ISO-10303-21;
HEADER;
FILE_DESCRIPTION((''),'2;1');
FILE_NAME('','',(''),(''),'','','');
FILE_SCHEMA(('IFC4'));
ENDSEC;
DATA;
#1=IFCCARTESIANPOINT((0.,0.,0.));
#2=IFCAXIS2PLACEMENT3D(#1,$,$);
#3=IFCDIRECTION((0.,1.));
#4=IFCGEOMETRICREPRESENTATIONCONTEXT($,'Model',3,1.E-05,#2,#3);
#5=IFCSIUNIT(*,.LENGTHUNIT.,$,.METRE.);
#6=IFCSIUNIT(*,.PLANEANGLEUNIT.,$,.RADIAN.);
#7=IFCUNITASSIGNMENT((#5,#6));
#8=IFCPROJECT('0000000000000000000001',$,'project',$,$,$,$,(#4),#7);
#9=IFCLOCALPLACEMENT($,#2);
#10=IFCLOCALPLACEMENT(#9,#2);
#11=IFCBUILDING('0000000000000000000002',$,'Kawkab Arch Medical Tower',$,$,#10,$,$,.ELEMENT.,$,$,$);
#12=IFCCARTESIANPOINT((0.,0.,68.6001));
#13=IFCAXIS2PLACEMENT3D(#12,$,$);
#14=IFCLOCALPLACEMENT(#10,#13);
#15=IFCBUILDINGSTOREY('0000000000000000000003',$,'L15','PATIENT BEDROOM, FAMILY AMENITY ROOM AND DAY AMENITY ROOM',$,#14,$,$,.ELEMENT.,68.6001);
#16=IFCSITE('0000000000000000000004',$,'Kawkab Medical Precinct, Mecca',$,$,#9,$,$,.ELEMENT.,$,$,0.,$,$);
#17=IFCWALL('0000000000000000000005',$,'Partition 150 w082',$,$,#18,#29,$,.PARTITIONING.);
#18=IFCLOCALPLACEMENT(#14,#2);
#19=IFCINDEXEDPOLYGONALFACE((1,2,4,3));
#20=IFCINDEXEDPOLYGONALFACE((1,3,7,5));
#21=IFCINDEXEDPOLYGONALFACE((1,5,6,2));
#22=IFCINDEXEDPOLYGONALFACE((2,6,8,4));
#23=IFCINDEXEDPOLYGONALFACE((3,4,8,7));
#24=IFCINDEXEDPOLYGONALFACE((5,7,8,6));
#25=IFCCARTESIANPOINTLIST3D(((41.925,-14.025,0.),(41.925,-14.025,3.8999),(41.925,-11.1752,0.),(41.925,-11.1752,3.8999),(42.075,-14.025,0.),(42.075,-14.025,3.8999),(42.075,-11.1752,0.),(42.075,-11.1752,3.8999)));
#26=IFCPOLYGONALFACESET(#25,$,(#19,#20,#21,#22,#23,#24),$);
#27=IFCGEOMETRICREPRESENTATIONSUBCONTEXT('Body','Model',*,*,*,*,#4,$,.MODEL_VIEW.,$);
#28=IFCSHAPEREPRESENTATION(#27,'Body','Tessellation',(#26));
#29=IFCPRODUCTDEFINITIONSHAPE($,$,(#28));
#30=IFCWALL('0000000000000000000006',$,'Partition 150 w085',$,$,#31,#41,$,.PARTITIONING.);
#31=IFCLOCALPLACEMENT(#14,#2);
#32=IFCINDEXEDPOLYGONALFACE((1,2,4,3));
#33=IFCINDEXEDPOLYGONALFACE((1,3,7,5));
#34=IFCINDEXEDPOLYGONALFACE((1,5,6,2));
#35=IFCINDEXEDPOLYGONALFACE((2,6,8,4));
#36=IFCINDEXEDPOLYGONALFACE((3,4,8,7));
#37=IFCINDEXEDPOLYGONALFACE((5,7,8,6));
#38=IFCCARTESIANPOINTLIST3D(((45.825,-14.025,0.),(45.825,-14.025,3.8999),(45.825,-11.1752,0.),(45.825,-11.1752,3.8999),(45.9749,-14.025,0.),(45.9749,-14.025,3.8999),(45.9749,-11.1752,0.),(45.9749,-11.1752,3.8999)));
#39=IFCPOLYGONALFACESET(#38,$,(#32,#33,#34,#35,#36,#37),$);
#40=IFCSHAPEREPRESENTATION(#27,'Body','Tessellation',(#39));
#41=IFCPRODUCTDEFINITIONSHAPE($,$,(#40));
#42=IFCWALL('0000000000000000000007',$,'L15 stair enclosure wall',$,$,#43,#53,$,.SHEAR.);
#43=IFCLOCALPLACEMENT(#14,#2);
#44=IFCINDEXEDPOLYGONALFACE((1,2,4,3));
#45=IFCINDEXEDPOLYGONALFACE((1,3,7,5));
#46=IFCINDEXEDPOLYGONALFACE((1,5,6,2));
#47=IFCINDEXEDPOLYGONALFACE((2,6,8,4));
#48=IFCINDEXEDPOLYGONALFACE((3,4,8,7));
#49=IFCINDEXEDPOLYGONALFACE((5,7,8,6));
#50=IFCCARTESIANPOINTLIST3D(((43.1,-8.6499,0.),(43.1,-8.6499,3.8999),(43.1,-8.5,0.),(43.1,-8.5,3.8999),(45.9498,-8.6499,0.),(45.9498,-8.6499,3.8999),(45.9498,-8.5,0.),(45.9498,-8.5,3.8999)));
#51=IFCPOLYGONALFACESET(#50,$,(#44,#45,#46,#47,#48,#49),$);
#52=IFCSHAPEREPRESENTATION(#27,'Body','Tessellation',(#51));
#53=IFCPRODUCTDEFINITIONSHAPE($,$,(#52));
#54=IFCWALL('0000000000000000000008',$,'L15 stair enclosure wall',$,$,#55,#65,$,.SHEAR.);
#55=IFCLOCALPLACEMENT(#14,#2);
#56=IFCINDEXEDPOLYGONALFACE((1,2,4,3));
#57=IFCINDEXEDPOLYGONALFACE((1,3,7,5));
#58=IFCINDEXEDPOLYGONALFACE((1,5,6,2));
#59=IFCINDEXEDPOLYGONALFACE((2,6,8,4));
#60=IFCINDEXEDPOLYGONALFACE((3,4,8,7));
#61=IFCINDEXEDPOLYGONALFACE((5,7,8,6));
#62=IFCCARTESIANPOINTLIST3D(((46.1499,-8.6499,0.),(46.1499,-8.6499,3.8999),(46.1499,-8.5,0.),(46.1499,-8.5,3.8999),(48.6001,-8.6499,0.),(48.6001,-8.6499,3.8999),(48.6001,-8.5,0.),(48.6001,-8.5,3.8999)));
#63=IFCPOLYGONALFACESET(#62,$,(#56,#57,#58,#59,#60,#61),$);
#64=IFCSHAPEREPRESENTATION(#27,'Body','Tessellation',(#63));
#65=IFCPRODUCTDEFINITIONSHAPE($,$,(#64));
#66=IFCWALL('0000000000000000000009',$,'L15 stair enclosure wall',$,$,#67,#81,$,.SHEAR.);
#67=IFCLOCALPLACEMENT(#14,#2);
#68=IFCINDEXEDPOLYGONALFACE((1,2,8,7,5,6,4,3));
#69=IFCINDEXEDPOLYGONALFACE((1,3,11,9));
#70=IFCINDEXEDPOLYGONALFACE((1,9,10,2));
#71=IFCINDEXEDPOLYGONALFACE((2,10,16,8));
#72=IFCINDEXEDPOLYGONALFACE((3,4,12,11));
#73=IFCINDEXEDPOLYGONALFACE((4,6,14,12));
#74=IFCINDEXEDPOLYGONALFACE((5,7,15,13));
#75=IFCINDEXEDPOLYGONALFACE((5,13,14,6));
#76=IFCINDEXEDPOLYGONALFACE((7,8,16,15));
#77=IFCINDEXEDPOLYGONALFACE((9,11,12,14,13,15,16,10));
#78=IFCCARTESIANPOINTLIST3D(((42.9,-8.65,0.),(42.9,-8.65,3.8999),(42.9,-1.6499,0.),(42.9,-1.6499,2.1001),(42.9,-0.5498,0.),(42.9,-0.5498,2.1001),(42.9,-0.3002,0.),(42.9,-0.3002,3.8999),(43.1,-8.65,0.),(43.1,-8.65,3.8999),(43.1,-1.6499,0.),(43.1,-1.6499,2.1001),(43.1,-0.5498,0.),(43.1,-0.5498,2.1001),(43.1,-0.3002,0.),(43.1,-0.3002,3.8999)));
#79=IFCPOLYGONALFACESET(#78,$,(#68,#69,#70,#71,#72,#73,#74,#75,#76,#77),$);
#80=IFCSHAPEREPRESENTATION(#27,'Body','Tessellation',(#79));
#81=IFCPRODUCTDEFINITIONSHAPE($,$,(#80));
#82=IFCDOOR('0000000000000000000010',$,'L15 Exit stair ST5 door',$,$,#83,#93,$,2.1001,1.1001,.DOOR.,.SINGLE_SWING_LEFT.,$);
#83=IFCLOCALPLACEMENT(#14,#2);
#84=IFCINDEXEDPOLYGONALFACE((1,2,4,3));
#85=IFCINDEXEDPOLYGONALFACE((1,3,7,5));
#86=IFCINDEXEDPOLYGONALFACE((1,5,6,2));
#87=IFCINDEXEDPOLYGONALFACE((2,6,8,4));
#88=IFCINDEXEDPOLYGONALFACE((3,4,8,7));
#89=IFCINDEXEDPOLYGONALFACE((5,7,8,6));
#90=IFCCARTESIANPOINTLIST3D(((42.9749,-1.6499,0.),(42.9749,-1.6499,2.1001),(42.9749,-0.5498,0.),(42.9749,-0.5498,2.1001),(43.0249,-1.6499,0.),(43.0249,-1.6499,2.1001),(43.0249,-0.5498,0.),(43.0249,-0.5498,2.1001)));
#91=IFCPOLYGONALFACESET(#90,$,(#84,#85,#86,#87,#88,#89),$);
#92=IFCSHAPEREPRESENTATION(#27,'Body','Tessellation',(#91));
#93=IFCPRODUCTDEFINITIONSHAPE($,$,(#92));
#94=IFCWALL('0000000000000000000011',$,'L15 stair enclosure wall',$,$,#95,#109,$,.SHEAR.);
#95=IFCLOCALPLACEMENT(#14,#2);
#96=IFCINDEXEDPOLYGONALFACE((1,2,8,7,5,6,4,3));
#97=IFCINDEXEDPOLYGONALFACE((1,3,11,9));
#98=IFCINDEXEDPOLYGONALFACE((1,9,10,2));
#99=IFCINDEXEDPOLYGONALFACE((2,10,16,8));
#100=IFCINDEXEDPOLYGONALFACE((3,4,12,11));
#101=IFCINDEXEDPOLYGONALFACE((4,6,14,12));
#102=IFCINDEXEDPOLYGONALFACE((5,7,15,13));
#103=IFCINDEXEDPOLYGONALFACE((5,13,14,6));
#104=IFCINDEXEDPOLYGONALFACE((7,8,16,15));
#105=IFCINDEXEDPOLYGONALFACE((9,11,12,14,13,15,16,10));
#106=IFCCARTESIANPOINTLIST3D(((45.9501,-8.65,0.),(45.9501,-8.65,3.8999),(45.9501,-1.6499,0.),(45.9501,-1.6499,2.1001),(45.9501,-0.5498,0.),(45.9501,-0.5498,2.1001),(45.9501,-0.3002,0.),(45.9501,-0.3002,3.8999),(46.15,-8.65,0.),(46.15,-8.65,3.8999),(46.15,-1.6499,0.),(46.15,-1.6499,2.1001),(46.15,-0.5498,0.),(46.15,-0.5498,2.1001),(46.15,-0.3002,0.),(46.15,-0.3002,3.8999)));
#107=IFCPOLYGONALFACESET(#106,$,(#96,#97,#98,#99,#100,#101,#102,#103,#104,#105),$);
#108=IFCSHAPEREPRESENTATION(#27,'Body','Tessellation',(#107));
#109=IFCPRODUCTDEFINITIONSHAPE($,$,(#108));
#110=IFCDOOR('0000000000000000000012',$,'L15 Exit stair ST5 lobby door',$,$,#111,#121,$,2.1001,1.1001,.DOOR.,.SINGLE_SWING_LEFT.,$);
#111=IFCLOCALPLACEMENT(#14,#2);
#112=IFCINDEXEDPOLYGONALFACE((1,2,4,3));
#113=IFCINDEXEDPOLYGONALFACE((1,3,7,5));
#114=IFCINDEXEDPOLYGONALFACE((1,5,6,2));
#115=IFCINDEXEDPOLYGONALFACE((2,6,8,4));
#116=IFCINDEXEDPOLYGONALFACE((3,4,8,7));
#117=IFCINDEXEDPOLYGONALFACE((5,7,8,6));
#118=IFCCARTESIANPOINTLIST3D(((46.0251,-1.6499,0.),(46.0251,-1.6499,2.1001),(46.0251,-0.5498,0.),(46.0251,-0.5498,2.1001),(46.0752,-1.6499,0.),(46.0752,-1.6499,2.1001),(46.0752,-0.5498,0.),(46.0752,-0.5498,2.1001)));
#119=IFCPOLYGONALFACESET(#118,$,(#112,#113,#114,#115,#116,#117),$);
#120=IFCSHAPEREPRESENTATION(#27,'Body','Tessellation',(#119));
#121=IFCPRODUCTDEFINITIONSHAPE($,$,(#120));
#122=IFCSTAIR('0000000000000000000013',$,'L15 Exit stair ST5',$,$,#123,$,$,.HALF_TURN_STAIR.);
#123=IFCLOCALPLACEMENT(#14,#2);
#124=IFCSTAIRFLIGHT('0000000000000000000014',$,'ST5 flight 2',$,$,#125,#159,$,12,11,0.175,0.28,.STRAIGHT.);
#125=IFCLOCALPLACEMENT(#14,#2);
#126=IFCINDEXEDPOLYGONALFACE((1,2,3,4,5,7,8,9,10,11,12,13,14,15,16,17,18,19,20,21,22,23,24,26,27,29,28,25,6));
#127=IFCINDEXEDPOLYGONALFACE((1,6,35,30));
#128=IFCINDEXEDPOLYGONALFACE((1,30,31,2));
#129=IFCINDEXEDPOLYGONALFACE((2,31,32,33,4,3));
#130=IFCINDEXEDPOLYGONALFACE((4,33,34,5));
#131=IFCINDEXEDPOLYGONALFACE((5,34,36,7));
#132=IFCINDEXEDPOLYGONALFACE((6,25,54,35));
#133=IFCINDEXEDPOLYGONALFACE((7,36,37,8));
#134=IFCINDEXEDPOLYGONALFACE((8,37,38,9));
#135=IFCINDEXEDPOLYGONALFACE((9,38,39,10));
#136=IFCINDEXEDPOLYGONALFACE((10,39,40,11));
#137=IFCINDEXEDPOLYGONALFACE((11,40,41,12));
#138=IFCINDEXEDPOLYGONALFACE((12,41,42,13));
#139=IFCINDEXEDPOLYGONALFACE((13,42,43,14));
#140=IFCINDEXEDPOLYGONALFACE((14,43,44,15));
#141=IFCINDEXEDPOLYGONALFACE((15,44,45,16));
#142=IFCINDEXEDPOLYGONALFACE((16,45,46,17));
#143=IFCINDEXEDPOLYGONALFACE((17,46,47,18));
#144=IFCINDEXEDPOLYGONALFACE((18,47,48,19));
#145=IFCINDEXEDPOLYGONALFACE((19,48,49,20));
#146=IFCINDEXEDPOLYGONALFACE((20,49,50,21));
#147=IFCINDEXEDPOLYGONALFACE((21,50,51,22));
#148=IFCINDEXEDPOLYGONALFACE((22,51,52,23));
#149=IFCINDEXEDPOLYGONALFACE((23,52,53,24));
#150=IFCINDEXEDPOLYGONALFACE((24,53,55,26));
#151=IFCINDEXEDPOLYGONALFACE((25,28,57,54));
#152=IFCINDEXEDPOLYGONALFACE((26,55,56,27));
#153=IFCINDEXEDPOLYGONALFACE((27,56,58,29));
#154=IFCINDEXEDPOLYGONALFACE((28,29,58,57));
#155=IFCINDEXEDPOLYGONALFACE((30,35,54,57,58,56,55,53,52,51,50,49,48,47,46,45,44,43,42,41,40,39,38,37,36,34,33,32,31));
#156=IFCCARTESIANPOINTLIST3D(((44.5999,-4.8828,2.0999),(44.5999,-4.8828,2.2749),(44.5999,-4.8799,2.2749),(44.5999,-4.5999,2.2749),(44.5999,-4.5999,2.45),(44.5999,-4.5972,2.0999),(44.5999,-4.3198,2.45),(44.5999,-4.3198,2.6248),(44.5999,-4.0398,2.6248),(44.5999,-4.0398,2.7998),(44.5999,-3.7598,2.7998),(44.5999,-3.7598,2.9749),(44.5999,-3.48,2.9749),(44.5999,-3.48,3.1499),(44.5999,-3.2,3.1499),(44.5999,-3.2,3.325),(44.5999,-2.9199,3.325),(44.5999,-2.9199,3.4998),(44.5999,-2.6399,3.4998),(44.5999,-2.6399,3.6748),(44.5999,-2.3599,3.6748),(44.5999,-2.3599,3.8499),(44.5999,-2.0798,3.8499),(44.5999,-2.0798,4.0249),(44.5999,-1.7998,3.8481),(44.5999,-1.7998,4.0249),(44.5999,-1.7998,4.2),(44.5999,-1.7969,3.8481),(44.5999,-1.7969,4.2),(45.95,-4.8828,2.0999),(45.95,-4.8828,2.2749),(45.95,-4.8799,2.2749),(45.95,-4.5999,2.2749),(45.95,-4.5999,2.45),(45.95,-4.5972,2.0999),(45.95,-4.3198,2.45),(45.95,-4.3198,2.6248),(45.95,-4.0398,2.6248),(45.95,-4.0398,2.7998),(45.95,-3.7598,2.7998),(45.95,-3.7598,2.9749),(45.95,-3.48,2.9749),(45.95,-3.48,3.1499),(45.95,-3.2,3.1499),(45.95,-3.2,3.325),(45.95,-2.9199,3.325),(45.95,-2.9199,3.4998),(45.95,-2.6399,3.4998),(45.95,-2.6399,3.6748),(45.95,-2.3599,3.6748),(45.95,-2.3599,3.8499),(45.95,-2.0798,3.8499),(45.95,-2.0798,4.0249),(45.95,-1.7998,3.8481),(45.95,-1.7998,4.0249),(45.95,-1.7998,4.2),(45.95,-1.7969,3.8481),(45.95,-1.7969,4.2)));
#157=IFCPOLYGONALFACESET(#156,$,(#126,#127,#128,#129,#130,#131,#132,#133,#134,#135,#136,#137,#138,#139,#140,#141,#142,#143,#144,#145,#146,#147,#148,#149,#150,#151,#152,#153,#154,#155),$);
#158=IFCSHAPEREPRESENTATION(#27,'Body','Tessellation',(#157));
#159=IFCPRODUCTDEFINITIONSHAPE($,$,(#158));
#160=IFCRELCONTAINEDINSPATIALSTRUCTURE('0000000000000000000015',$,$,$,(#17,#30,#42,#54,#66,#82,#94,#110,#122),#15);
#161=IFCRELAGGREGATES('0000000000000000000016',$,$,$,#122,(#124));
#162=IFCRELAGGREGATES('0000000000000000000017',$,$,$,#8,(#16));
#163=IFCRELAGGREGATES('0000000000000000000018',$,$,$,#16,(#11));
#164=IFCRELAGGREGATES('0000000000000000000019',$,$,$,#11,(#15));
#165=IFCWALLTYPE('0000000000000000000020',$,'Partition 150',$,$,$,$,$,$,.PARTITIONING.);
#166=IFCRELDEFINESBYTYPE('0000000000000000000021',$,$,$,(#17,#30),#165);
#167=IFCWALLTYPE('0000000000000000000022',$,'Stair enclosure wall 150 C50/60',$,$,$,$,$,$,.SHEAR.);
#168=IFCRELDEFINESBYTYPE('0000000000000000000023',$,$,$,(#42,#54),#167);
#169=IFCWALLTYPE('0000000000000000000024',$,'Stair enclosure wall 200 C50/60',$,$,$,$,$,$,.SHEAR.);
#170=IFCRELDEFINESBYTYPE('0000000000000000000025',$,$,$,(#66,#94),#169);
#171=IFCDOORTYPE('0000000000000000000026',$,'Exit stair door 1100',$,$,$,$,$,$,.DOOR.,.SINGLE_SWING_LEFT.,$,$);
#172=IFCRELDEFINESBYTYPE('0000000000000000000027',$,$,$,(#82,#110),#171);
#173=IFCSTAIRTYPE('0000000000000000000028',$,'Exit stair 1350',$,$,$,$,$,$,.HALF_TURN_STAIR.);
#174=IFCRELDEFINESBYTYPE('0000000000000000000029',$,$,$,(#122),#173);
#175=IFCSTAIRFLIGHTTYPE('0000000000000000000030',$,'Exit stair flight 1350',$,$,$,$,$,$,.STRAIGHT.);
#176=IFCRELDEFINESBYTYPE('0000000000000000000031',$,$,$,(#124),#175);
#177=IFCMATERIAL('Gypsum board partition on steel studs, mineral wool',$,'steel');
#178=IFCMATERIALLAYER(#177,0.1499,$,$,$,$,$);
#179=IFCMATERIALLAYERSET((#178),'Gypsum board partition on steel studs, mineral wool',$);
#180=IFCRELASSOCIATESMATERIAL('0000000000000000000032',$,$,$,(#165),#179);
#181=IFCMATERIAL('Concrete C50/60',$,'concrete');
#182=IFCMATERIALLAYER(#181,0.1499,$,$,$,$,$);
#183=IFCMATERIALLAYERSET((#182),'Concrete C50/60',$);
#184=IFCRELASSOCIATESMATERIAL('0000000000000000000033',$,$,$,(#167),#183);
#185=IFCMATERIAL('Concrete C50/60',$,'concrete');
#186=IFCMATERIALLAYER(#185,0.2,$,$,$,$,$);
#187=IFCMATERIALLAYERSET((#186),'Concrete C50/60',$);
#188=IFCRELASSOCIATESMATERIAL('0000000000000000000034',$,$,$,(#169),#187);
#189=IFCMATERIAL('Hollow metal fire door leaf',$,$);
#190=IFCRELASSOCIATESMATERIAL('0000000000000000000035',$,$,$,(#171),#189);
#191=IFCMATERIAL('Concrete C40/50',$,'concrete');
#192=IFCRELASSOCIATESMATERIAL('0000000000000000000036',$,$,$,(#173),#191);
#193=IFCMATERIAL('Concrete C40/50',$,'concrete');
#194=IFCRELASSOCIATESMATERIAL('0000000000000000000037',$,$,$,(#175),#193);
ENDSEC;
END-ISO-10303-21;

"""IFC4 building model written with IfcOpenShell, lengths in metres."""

from ifc_helpers import new_model, si_unit, direction, frame, frame_2d, origin, place, context, subcontext, project, spatial, polyline, rectangle, outline, extrude, material, layer, layer_set, type_object, element, fill, aggregate, save


model = new_model("IFC4")

# Units and contexts
model_context = context("Model", 3, precision=1e-05, world=origin(), true_north=direction((0.0, 1.0)))
body_context = subcontext(model_context, "Body", "Model", "MODEL_VIEW")
ifc_project = project(units=[si_unit("LENGTHUNIT", "METRE"), si_unit("PLANEANGLEUNIT", "RADIAN")], contexts=[model_context])

# Site, building, storey
site_placement = place(None, origin())
site = spatial("IfcSite", under=ifc_project, at=site_placement, Name="Kawkab Medical Precinct, Mecca", CompositionType="ELEMENT", RefElevation=0.0)
building_placement = place(site_placement, origin())
building = spatial("IfcBuilding", under=site, at=building_placement, Name="Kawkab Arch Medical Tower", CompositionType="ELEMENT")
storey_placement = place(building_placement, frame((0.0, 0.0, 68.6001)))
storey = spatial("IfcBuildingStorey", under=building, at=storey_placement, Name="L15", Description="PATIENT BEDROOM, FAMILY AMENITY ROOM AND DAY AMENITY ROOM", CompositionType="ELEMENT", Elevation=68.6001)

# Shared definitions
ifc_material_1 = material(Name="Gypsum board partition on steel studs, mineral wool", Category="steel")
ifc_layer_1 = layer(ifc_material_1, 0.1499)
ifc_layer_set_1 = layer_set([ifc_layer_1], Name="Gypsum board partition on steel studs, mineral wool")
wall_type_1 = type_object("IfcWallType", Name="Partition 150", PredefinedType="PARTITIONING", material=ifc_layer_set_1)

# Walls
for number, where, z_axis, x_axis, name in (
    (1, (42.0, -14.0249, 0.0), (0.0, 0.0, 1.0), (0.0, 1.0, 0.0), "Partition 150 w082"),
    (2, (45.8999, -14.0249, 0.0), (0.0, 0.0, 1.0), (0.0, 1.0, 0.0), "Partition 150 w085"),
):
    element("IfcWall", number, at=place(storey_placement, frame(where, z_axis=z_axis, x_axis=x_axis)), inside=storey, type_object=wall_type_1, Name=name, PredefinedType="PARTITIONING", context=body_context, shape_type="SweptSolid", body=[
        extrude(rectangle(XDim=2.8499, YDim=0.1499, at=frame_2d((1.4248, 0.0))), origin(), (0.0, 0.0, 1.0), 3.8999),
    ])
ifc_material_2 = material(Name="Concrete C50/60", Category="concrete")
ifc_layer_2 = layer(ifc_material_2, 0.1499)
ifc_layer_set_2 = layer_set([ifc_layer_2], Name="Concrete C50/60")
wall_type_2 = type_object("IfcWallType", Name="Stair enclosure wall 150 C50/60", PredefinedType="SHEAR", material=ifc_layer_set_2)
wall_1_placement = place(storey_placement, frame((43.1001, -8.575, 0.0), z_axis=(0.0, 0.0, 1.0), x_axis=(1.0, 0.0, 0.0)))
element("IfcWall", 3, at=wall_1_placement, inside=storey, type_object=wall_type_2, Name="L15 stair enclosure wall", PredefinedType="SHEAR", context=body_context, shape_type="SweptSolid", body=[
    extrude(rectangle(XDim=2.8499, YDim=0.1499, at=frame_2d((1.4248, 0.0))), origin(), (0.0, 0.0, 1.0), 3.8999),
])
wall_2_placement = place(storey_placement, frame((46.1499, -8.575, 0.0), z_axis=(0.0, 0.0, 1.0), x_axis=(1.0, 0.0, 0.0)))
element("IfcWall", 4, at=wall_2_placement, inside=storey, type_object=wall_type_2, Name="L15 stair enclosure wall", PredefinedType="SHEAR", context=body_context, shape_type="SweptSolid", body=[
    extrude(rectangle(XDim=2.4502, YDim=0.1499, at=frame_2d((1.2251, 0.0))), origin(), (0.0, 0.0, 1.0), 3.8999),
])

# Walls, openings, doors
ifc_material_3 = material(Name="Concrete C50/60", Category="concrete")
ifc_layer_3 = layer(ifc_material_3, 0.2)
ifc_layer_set_3 = layer_set([ifc_layer_3], Name="Concrete C50/60")
wall_type_3 = type_object("IfcWallType", Name="Stair enclosure wall 200 C50/60", PredefinedType="SHEAR", material=ifc_layer_set_3)
wall_3_placement = place(storey_placement, frame((43.0, -8.6499, 0.0), z_axis=(0.0, 0.0, 1.0), x_axis=(0.0, 1.0, 0.0)))
wall_3 = element("IfcWall", 5, at=wall_3_placement, inside=storey, type_object=wall_type_3, Name="L15 stair enclosure wall", PredefinedType="SHEAR", context=body_context, shape_type="SweptSolid", body=[
    extrude(rectangle(XDim=8.3499, YDim=0.2, at=frame_2d((4.1748, 0.0))), origin(), (0.0, 0.0, 1.0), 3.8999),
])
opening_1_placement = place(wall_3_placement, frame((7.0, 0.0, 0.0)))
opening_1 = element("IfcOpeningElement", 6, at=opening_1_placement, cuts=wall_3, PredefinedType="OPENING", context=body_context, shape_type="SweptSolid", body=[
    extrude(rectangle(XDim=1.1001, YDim=2.1001, at=frame_2d((0.55, 1.05))), frame((0.0, 0.1099, 0.0), z_axis=(0.0, -1.0, 0.0), x_axis=(1.0, 0.0, 0.0)), (0.0, 0.0, 1.0), 0.22),
])
ifc_material_4 = material(Name="Hollow metal fire door leaf")
door_type_1 = type_object("IfcDoorType", Name="Exit stair door 1100", OperationType="SINGLE_SWING_LEFT", PredefinedType="DOOR", material=ifc_material_4)
door_1_placement = place(opening_1_placement, frame((1.1001, 0.0, 0.0), z_axis=(0.0, 0.0, 1.0), x_axis=(-1.0, 0.0, 0.0)))
door_1 = element("IfcDoor", 7, at=door_1_placement, inside=storey, type_object=door_type_1, Name="L15 Exit stair ST5 door", OperationType="SINGLE_SWING_LEFT", OverallHeight=2.1001, OverallWidth=1.1001, PredefinedType="DOOR", context=body_context, shape_type="SweptSolid", body=[
    extrude(rectangle(XDim=1.1001, YDim=2.1001, at=frame_2d((0.55, 1.05))), frame((0.0, 0.0249, 0.0), z_axis=(0.0, -1.0, 0.0), x_axis=(1.0, 0.0, 0.0)), (0.0, 0.0, 1.0), 0.05),
])
fill(opening_1, door_1)
wall_4_placement = place(storey_placement, frame((46.05, -8.6499, 0.0), z_axis=(0.0, 0.0, 1.0), x_axis=(0.0, 1.0, 0.0)))
wall_4 = element("IfcWall", 8, at=wall_4_placement, inside=storey, type_object=wall_type_3, Name="L15 stair enclosure wall", PredefinedType="SHEAR", context=body_context, shape_type="SweptSolid", body=[
    extrude(rectangle(XDim=8.3499, YDim=0.2, at=frame_2d((4.1748, 0.0))), origin(), (0.0, 0.0, 1.0), 3.8999),
])
opening_2_placement = place(wall_4_placement, frame((7.0, 0.0, 0.0)))
opening_2 = element("IfcOpeningElement", 9, at=opening_2_placement, cuts=wall_4, PredefinedType="OPENING", context=body_context, shape_type="SweptSolid", body=[
    extrude(rectangle(XDim=1.1001, YDim=2.1001, at=frame_2d((0.55, 1.05))), frame((0.0, 0.1099, 0.0), z_axis=(0.0, -1.0, 0.0), x_axis=(1.0, 0.0, 0.0)), (0.0, 0.0, 1.0), 0.22),
])
door_2_placement = place(opening_2_placement, origin())
door_2 = element("IfcDoor", 10, at=door_2_placement, inside=storey, type_object=door_type_1, Name="L15 Exit stair ST5 lobby door", OperationType="SINGLE_SWING_LEFT", OverallHeight=2.1001, OverallWidth=1.1001, PredefinedType="DOOR", context=body_context, shape_type="SweptSolid", body=[
    extrude(rectangle(XDim=1.1001, YDim=2.1001, at=frame_2d((0.55, 1.05))), frame((0.0, 0.0249, 0.0), z_axis=(0.0, -1.0, 0.0), x_axis=(1.0, 0.0, 0.0)), (0.0, 0.0, 1.0), 0.05),
])
fill(opening_2, door_2)

# Stair, stair flight
ifc_material_5 = material(Name="Concrete C40/50", Category="concrete")
stair_type = type_object("IfcStairType", Name="Exit stair 1350", PredefinedType="HALF_TURN_STAIR", material=ifc_material_5)
stair_placement = place(storey_placement, origin())
stair = element("IfcStair", 11, at=stair_placement, inside=storey, type_object=stair_type, Name="L15 Exit stair ST5", PredefinedType="HALF_TURN_STAIR")
ifc_material_6 = material(Name="Concrete C40/50", Category="concrete")
stair_flight_type = type_object("IfcStairFlightType", Name="Exit stair flight 1350", PredefinedType="STRAIGHT", material=ifc_material_6)
stair_flight_placement = place(storey_placement, frame((45.2749, -4.8799, 2.0999), z_axis=(0.0, 0.0, 1.0), x_axis=(0.0, 1.0, 0.0)))
stair_flight = element("IfcStairFlight", 12, at=stair_flight_placement, type_object=stair_flight_type, Name="ST5 flight 2", NumberOfRisers=12, NumberOfTreads=11, PredefinedType="STRAIGHT", RiserHeight=0.175, TreadLength=0.28, context=body_context, shape_type="SweptSolid", body=[
    extrude(outline(polyline([(-0.0029, 0.0), (-0.0029, 0.175), (0.0, 0.175), (0.28, 0.175), (0.28, 0.3501), (0.5601, 0.3501), (0.5601, 0.5249), (0.8401, 0.5249), (0.8401, 0.7), (1.1201, 0.7), (1.1201, 0.875), (1.3999, 0.875), (1.3999, 1.05), (1.6799, 1.05), (1.6799, 1.2251), (1.96, 1.2251), (1.96, 1.3999), (2.24, 1.3999), (2.24, 1.575), (2.52, 1.575), (2.52, 1.75), (2.8, 1.75), (2.8, 1.925), (3.0801, 1.925), (3.0801, 2.1001), (3.083, 2.1001), (3.083, 1.7483), (3.0801, 1.7483), (0.2827, 0.0), (-0.0029, 0.0)])), frame((0.0, 0.675, 0.0), z_axis=(0.0, -1.0, 0.0), x_axis=(1.0, 0.0, 0.0)), (0.0, 0.0, 1.0), 1.3501),
])
aggregate(stair, [stair_flight])

save(model, "model.ifc")
